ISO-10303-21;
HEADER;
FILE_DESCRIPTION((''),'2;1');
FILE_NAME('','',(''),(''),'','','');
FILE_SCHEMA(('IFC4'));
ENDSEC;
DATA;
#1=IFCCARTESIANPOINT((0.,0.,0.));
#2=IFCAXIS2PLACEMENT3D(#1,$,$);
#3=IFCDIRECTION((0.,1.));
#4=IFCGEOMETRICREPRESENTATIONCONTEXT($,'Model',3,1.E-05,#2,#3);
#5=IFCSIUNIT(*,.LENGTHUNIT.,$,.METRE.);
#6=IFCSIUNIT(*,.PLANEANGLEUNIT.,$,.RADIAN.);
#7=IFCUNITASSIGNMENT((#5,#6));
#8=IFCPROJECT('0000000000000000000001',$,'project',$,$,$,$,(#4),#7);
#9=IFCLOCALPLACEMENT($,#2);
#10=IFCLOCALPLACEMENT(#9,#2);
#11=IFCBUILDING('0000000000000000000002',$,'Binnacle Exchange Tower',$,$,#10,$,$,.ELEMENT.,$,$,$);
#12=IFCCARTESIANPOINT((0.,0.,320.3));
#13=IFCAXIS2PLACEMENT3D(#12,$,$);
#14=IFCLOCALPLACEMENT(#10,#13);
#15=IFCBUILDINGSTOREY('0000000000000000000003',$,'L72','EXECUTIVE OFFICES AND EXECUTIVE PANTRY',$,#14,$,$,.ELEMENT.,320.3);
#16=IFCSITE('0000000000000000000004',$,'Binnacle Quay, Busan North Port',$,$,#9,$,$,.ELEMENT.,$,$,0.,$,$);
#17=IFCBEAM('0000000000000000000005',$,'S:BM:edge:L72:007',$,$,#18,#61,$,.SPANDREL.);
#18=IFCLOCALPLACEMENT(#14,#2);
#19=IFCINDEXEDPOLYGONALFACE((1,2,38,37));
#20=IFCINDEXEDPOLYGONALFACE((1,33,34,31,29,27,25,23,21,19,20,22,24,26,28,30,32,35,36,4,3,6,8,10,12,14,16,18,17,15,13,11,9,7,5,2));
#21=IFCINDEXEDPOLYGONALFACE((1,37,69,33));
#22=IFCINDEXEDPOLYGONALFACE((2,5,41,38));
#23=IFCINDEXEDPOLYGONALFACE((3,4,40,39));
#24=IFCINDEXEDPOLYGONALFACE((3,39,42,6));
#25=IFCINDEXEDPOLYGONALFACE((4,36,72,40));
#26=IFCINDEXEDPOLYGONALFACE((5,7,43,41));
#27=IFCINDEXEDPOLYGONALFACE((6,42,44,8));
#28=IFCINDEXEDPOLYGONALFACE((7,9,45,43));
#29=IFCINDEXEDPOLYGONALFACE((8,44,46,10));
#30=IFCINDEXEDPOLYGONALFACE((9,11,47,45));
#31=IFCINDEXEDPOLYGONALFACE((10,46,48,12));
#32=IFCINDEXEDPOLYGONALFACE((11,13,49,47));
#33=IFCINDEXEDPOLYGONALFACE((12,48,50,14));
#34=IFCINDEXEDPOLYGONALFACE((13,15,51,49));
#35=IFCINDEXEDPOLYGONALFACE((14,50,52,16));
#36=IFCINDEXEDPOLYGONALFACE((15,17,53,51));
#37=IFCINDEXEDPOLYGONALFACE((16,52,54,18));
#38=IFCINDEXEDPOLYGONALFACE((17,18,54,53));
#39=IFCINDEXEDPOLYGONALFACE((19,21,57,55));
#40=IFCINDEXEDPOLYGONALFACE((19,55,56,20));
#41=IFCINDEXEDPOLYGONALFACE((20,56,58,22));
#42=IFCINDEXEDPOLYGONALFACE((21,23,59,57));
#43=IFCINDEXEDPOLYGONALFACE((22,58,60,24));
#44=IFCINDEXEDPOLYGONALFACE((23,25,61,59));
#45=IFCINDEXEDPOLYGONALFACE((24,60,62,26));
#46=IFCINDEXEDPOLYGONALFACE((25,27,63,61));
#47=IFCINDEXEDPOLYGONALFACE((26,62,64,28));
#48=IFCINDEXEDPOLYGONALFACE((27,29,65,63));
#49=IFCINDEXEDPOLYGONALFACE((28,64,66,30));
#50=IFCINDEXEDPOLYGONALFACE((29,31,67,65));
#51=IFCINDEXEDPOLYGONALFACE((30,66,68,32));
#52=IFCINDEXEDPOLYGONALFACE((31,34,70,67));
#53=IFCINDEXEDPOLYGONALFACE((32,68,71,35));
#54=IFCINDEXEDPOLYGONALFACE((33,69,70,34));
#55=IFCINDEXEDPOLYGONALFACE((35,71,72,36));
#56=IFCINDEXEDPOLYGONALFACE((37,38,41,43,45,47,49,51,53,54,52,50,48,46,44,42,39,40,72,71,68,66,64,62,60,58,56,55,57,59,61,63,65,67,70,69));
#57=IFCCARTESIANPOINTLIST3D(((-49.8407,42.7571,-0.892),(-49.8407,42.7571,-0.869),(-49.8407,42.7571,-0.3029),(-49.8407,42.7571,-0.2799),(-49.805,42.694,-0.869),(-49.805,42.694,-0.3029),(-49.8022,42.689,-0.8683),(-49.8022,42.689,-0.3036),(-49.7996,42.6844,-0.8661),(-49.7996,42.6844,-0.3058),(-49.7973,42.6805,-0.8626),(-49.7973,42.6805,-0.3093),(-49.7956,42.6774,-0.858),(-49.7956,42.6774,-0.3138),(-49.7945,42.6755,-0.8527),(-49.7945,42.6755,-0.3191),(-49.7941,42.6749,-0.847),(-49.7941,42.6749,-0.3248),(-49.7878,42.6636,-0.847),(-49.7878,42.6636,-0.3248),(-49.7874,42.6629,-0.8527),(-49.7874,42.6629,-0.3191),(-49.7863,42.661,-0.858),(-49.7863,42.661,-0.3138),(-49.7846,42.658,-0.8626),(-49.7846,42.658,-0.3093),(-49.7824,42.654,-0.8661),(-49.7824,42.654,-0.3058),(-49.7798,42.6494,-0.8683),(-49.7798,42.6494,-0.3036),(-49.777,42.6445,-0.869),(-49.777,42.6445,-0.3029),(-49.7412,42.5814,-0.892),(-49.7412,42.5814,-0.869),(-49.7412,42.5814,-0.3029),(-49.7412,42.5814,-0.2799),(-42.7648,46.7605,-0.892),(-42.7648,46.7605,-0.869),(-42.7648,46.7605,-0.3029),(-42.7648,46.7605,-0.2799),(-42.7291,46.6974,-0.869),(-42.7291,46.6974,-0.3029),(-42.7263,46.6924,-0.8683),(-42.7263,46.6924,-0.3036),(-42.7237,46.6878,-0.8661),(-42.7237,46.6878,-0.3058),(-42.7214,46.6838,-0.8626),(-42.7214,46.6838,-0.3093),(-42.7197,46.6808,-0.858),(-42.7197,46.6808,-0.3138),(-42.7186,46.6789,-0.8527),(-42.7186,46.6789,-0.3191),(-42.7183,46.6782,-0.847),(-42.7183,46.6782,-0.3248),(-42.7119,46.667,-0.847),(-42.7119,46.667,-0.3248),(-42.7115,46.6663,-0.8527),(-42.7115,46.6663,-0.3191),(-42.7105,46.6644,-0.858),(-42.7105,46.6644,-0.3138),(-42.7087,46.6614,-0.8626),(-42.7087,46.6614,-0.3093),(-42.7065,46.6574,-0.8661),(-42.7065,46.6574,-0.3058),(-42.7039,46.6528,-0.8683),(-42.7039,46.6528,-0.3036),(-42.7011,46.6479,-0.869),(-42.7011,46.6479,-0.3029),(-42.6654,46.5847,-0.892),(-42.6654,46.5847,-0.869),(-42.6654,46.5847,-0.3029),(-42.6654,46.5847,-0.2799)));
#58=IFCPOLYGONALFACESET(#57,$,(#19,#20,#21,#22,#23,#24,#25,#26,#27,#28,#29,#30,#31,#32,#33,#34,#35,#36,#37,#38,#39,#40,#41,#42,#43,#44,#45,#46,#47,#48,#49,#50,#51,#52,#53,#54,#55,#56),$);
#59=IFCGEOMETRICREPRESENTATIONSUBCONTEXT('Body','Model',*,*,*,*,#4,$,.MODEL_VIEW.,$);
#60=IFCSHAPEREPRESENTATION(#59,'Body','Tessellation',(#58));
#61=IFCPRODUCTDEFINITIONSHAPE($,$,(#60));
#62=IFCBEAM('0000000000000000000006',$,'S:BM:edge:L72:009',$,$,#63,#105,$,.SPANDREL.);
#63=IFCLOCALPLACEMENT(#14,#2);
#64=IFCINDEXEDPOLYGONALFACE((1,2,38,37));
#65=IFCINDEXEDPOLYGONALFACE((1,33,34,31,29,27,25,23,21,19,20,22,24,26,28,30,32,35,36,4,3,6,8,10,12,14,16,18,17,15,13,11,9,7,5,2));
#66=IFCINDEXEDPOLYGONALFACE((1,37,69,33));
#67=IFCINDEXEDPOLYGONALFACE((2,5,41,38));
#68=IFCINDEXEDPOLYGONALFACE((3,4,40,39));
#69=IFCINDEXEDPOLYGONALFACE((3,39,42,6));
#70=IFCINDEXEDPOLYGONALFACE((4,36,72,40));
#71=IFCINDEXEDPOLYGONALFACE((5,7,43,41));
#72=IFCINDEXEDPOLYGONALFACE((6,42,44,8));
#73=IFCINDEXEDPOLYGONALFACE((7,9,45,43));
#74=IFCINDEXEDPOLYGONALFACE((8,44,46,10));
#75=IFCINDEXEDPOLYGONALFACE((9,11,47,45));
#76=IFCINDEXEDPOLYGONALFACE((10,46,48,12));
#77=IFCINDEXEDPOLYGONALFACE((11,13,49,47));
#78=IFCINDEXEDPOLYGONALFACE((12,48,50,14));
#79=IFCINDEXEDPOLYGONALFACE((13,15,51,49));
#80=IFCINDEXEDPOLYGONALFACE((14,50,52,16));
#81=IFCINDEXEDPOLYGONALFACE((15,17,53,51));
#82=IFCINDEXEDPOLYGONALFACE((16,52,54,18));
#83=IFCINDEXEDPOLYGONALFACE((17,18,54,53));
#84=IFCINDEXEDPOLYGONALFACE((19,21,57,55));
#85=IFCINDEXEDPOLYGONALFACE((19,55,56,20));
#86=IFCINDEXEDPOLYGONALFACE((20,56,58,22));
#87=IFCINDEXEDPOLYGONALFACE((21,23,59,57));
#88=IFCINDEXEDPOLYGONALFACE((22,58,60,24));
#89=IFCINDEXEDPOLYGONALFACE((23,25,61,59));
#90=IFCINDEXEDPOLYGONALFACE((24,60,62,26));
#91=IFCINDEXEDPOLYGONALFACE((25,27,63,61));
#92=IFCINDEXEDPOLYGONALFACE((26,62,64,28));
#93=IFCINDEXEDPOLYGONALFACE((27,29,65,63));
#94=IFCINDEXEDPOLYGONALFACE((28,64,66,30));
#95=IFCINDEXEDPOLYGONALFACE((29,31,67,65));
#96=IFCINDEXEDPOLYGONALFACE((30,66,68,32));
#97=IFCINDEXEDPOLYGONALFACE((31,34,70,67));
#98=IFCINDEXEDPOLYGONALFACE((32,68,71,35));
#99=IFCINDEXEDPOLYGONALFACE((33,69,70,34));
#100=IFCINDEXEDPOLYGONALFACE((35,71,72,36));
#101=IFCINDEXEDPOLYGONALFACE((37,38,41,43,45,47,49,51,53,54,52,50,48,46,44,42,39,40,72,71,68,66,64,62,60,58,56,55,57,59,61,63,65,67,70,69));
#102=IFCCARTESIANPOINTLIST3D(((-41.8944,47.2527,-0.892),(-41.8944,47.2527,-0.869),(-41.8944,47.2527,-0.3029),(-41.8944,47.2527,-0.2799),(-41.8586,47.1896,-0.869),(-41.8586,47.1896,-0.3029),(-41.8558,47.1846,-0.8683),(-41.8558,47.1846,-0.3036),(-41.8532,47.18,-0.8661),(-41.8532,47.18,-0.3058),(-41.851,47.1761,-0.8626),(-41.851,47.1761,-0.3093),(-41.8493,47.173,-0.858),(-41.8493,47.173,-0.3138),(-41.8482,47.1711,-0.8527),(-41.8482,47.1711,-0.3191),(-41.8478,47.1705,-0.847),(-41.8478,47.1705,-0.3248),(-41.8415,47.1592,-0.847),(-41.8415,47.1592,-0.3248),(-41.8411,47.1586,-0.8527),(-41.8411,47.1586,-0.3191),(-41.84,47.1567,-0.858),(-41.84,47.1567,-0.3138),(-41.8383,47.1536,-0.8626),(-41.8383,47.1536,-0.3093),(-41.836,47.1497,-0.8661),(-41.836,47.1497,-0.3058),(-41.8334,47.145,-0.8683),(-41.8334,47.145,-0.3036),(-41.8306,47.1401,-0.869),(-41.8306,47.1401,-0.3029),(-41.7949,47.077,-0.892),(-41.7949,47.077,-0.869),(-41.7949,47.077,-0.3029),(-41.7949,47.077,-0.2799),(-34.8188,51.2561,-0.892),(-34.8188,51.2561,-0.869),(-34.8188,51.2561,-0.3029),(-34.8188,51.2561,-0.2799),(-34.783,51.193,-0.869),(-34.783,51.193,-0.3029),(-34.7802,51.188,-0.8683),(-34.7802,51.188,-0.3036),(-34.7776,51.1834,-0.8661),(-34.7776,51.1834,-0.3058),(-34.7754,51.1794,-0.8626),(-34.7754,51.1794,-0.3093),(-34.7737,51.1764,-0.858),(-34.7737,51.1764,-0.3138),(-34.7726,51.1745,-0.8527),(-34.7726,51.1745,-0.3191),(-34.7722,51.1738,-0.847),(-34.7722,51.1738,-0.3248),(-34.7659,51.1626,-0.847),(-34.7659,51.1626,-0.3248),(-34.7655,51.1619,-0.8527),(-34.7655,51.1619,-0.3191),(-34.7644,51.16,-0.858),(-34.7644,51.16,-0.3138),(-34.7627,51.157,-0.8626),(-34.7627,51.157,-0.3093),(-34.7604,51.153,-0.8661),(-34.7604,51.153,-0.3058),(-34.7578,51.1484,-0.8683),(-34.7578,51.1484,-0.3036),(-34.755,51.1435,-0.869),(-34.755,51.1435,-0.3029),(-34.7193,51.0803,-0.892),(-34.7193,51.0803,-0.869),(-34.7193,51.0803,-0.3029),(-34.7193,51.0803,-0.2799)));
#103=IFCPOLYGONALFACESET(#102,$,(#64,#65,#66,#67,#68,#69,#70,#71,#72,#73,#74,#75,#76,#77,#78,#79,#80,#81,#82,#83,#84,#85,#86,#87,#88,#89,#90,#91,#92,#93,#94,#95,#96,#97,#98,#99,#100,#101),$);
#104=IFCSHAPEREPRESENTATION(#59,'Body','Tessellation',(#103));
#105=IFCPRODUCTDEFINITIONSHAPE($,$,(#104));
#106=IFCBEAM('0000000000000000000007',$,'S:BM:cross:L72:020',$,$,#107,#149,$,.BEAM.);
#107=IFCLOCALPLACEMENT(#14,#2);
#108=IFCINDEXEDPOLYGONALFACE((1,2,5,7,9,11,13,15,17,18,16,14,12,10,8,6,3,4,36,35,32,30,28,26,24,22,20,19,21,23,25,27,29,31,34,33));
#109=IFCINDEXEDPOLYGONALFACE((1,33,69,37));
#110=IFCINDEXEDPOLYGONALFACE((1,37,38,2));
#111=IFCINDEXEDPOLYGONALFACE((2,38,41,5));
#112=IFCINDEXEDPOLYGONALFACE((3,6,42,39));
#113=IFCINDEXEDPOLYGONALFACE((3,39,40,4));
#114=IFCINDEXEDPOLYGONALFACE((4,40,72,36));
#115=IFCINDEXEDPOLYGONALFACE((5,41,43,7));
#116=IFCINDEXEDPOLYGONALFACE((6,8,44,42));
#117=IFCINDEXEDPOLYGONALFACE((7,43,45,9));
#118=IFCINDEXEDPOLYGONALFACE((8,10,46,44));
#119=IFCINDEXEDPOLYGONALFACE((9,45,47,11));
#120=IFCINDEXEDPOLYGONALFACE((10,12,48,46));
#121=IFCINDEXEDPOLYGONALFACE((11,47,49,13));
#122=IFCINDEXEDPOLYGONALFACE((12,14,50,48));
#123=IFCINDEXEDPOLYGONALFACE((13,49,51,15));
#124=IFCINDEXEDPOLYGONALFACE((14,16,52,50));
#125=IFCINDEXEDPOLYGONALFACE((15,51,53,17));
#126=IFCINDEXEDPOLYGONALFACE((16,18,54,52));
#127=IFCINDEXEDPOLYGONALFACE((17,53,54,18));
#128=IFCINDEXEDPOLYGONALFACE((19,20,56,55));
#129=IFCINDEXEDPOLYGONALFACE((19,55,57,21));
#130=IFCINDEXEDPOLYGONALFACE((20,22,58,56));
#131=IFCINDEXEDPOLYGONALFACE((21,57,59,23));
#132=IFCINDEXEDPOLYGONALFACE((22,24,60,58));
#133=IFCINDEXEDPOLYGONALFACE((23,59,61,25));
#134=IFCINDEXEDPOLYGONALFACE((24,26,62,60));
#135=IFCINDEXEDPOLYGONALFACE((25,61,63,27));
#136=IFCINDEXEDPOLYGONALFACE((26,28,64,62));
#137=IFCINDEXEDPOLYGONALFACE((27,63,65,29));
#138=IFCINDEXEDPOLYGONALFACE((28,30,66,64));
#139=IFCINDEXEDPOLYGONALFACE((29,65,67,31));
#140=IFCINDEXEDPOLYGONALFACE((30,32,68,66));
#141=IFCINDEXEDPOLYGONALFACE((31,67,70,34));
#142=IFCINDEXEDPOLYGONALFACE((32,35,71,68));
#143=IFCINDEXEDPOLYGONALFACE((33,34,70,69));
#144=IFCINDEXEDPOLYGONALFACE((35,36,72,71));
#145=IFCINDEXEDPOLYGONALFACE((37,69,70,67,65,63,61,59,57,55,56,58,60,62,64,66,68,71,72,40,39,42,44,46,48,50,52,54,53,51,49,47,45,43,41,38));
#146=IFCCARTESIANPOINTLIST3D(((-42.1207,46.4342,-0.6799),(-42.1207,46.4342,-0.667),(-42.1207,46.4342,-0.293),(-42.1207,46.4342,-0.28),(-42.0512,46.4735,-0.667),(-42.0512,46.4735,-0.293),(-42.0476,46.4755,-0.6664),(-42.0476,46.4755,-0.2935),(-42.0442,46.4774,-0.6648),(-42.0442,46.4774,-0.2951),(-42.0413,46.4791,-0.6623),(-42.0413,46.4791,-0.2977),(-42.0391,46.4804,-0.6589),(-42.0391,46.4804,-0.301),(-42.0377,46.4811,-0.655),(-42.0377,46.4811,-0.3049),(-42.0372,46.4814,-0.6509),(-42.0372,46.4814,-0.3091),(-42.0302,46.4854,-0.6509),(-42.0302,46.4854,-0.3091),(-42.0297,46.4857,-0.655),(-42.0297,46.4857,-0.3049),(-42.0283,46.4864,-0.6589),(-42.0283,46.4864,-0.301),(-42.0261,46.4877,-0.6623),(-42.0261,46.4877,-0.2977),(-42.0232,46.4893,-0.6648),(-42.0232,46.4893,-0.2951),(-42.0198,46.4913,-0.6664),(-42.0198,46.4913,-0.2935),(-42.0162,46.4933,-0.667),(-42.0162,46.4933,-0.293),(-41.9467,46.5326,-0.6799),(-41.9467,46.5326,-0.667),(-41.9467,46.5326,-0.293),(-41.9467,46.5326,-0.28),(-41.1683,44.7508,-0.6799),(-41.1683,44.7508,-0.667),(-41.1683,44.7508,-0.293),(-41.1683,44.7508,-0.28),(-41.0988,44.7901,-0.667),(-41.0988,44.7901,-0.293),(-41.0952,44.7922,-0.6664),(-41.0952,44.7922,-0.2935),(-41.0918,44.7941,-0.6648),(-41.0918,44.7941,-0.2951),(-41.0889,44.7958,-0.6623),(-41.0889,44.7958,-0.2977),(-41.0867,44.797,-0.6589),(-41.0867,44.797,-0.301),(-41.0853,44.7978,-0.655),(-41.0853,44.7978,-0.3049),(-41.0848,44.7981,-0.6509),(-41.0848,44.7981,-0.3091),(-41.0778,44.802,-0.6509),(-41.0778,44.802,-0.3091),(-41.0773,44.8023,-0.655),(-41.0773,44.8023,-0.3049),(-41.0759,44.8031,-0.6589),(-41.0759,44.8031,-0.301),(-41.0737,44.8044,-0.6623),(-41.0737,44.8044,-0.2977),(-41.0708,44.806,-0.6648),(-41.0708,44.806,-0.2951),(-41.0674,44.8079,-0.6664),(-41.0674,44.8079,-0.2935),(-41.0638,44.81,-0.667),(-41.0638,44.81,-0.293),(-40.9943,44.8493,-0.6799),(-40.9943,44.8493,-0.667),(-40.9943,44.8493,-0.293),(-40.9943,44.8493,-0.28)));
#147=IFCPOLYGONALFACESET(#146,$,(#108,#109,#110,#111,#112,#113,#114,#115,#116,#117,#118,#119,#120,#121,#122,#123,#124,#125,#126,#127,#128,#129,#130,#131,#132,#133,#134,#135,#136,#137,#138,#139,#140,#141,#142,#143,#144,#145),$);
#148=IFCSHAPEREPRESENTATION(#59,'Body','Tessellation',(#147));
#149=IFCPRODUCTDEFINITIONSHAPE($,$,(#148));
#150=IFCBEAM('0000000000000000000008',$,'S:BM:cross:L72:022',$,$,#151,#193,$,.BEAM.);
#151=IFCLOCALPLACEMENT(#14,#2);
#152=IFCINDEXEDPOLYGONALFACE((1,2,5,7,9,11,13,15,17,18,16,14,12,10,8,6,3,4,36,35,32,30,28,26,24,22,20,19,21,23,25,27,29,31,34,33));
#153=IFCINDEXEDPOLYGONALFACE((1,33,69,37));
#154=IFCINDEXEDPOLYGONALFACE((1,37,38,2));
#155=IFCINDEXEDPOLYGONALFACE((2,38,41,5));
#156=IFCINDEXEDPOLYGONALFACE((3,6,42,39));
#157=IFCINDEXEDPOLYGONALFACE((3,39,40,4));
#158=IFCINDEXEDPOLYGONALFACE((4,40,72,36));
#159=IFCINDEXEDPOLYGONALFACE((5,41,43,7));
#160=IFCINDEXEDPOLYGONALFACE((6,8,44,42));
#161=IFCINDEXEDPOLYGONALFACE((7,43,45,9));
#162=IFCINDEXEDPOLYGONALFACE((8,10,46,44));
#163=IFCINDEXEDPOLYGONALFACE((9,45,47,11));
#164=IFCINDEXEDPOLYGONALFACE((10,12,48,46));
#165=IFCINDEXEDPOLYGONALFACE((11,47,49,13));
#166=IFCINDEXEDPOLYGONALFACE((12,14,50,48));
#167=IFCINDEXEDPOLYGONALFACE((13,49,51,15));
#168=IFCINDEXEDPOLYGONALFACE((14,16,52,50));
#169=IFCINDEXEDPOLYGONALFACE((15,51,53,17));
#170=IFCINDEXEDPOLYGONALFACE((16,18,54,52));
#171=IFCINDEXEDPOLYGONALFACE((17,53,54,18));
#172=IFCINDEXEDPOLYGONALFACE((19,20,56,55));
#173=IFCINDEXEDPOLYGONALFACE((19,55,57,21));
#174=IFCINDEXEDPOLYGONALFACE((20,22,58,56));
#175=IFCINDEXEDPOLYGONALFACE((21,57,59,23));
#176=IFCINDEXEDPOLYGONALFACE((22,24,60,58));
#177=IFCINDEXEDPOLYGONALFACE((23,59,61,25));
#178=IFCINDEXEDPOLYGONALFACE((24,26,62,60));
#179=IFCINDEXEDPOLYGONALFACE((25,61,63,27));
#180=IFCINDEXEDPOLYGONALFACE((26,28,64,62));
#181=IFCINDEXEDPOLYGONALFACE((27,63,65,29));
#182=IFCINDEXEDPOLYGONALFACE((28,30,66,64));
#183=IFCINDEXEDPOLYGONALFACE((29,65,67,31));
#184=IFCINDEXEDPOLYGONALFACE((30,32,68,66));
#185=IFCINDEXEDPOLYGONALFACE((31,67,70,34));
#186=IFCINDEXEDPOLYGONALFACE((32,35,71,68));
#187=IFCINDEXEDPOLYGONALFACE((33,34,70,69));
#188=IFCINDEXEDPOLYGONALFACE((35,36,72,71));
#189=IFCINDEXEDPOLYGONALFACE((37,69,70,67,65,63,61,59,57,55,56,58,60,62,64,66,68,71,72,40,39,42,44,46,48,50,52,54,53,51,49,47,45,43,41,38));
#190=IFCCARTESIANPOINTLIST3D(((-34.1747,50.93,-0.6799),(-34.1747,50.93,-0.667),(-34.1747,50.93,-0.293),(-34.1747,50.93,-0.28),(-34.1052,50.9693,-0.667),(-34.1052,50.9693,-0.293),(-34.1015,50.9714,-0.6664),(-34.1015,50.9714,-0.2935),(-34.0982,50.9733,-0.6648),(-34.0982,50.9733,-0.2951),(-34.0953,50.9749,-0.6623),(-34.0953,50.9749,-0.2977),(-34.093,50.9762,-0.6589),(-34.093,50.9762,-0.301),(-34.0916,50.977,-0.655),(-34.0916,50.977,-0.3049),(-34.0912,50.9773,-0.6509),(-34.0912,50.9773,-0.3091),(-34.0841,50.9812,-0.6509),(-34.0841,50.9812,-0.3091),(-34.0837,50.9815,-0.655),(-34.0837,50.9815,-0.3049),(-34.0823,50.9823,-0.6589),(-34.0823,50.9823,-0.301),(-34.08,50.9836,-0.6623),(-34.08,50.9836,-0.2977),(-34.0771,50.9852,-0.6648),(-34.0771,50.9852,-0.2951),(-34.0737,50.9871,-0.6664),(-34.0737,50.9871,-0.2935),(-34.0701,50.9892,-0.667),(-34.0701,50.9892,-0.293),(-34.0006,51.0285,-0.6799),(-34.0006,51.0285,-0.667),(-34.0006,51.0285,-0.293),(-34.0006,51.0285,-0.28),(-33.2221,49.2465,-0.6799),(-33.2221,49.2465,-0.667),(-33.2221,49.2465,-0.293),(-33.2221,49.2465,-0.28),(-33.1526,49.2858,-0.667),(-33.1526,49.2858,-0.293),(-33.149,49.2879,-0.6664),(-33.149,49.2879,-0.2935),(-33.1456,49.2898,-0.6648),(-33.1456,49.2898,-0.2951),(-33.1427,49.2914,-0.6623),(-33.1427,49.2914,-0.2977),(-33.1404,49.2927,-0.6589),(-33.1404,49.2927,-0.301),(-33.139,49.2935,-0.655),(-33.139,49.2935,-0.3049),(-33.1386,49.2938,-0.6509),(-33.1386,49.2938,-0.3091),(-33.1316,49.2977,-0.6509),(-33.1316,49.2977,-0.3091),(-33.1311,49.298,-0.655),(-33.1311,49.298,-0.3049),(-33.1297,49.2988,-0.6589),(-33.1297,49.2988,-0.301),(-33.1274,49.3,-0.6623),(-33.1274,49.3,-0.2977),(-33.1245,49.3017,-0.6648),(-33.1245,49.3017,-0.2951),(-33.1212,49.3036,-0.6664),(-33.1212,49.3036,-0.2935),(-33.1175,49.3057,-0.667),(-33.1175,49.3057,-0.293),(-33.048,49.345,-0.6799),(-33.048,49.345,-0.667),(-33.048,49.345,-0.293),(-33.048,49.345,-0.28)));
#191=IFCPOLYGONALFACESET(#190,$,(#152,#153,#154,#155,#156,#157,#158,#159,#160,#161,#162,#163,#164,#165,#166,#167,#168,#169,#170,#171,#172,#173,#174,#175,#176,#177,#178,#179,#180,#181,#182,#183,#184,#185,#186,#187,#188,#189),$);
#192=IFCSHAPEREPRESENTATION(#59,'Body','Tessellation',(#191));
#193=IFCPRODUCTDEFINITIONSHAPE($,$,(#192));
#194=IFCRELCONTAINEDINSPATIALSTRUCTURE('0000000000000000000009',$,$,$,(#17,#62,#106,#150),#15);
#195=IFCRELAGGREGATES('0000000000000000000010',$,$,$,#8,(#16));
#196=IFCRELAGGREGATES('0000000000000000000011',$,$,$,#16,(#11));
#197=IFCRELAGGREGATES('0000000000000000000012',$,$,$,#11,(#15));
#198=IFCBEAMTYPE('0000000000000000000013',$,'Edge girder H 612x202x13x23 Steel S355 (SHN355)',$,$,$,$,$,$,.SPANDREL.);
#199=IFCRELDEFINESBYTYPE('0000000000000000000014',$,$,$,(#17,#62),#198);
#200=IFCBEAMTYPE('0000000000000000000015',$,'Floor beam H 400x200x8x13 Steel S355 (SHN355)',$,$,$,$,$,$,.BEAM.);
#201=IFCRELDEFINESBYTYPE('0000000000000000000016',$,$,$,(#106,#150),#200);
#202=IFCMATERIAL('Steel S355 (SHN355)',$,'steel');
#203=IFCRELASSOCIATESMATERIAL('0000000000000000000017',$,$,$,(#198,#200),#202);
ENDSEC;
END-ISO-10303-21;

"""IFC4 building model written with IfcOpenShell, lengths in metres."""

from ifc_helpers import new_model, si_unit, direction, frame, origin, origin_2d, place, context, subcontext, project, spatial, i_section, extrude, material, material_profile, profile_set, type_object, element, save


model = new_model("IFC4")

# Units and contexts
model_context = context("Model", 3, precision=1e-05, world=origin(), true_north=direction((0.0, 1.0)))
body_context = subcontext(model_context, "Body", "Model", "MODEL_VIEW")
ifc_project = project(units=[si_unit("LENGTHUNIT", "METRE"), si_unit("PLANEANGLEUNIT", "RADIAN")], contexts=[model_context])

# Site, building, storey
site_placement = place(None, origin())
site = spatial("IfcSite", under=ifc_project, at=site_placement, Name="Binnacle Quay, Busan North Port", CompositionType="ELEMENT", RefElevation=0.0)
building_placement = place(site_placement, origin())
building = spatial("IfcBuilding", under=site, at=building_placement, Name="Binnacle Exchange Tower", CompositionType="ELEMENT")
storey_placement = place(building_placement, frame((0.0, 0.0, 320.3)))
storey = spatial("IfcBuildingStorey", under=building, at=storey_placement, Name="L72", Description="EXECUTIVE OFFICES AND EXECUTIVE PANTRY", CompositionType="ELEMENT", Elevation=320.3)

# Beams
ifc_material_1 = material(Name="Steel S355 (SHN355)", Category="steel")
ifc_material_profile_1 = material_profile(ifc_material_1, i_section(OverallWidth=0.2019, OverallDepth=0.6121, WebThickness=0.0129, FlangeThickness=0.0229, FilletRadius=0.022, at=origin_2d()), Name="H 612x202x13x23")
ifc_profile_set_1 = profile_set([ifc_material_profile_1], Name="Steel S355 (SHN355)")
beam_type_1 = type_object("IfcBeamType", Name="Edge girder H 612x202x13x23 Steel S355 (SHN355)", PredefinedType="SPANDREL", material=ifc_profile_set_1)
beam_1_placement = place(storey_placement, frame((-42.7151, 46.6726, -0.5859), z_axis=(-0.870353, -0.492428, 0.0), x_axis=(0.492428, -0.870353, 0.0)))
element("IfcBeam", 1, at=beam_1_placement, inside=storey, type_object=beam_type_1, Name="S:BM:edge:L72:007", PredefinedType="SPANDREL", context=body_context, shape_type="SweptSolid", body=[
    extrude(i_section(OverallWidth=0.2019, OverallDepth=0.6121, WebThickness=0.0129, FlangeThickness=0.0229, FilletRadius=0.022, at=origin_2d()), origin(), (0.0, 0.0, 1.0), 8.1299),
])
beam_2_placement = place(storey_placement, frame((-34.769, 51.1682, -0.5859), z_axis=(-0.870346, -0.492441, 0.0), x_axis=(0.492441, -0.870346, 0.0)))
element("IfcBeam", 2, at=beam_2_placement, inside=storey, type_object=beam_type_1, Name="S:BM:edge:L72:009", PredefinedType="SPANDREL", context=body_context, shape_type="SweptSolid", body=[
    extrude(i_section(OverallWidth=0.2019, OverallDepth=0.6121, WebThickness=0.0129, FlangeThickness=0.0229, FilletRadius=0.022, at=origin_2d()), origin(), (0.0, 0.0, 1.0), 8.1296),
])
ifc_material_profile_2 = material_profile(ifc_material_1, i_section(OverallWidth=0.2, OverallDepth=0.3999, WebThickness=0.0081, FlangeThickness=0.0129, FilletRadius=0.0161, at=origin_2d()), Name="H 400x200x8x13")
ifc_profile_set_2 = profile_set([ifc_material_profile_2], Name="Steel S355 (SHN355)")
beam_type_2 = type_object("IfcBeamType", Name="Floor beam H 400x200x8x13 Steel S355 (SHN355)", PredefinedType="BEAM", material=ifc_profile_set_2)
beam_3_placement = place(storey_placement, frame((-42.0337, 46.4834, -0.48), z_axis=(0.492423, -0.870356, 0.0), x_axis=(0.870356, 0.492423, 0.0)))
element("IfcBeam", 3, at=beam_3_placement, inside=storey, type_object=beam_type_2, Name="S:BM:cross:L72:020", PredefinedType="BEAM", context=body_context, shape_type="SweptSolid", body=[
    extrude(i_section(OverallWidth=0.2, OverallDepth=0.3999, WebThickness=0.0081, FlangeThickness=0.0129, FilletRadius=0.0161, at=origin_2d()), origin(), (0.0, 0.0, 1.0), 1.9341),
])
beam_4_placement = place(storey_placement, frame((-34.0876, 50.9792, -0.48), z_axis=(0.492465, -0.870332, 0.0), x_axis=(0.870332, 0.492465, 0.0)))
element("IfcBeam", 4, at=beam_4_placement, inside=storey, type_object=beam_type_2, Name="S:BM:cross:L72:022", PredefinedType="BEAM", context=body_context, shape_type="SweptSolid", body=[
    extrude(i_section(OverallWidth=0.2, OverallDepth=0.3999, WebThickness=0.0081, FlangeThickness=0.0129, FilletRadius=0.0161, at=origin_2d()), origin(), (0.0, 0.0, 1.0), 1.9343),
])

save(model, "model.ifc")
